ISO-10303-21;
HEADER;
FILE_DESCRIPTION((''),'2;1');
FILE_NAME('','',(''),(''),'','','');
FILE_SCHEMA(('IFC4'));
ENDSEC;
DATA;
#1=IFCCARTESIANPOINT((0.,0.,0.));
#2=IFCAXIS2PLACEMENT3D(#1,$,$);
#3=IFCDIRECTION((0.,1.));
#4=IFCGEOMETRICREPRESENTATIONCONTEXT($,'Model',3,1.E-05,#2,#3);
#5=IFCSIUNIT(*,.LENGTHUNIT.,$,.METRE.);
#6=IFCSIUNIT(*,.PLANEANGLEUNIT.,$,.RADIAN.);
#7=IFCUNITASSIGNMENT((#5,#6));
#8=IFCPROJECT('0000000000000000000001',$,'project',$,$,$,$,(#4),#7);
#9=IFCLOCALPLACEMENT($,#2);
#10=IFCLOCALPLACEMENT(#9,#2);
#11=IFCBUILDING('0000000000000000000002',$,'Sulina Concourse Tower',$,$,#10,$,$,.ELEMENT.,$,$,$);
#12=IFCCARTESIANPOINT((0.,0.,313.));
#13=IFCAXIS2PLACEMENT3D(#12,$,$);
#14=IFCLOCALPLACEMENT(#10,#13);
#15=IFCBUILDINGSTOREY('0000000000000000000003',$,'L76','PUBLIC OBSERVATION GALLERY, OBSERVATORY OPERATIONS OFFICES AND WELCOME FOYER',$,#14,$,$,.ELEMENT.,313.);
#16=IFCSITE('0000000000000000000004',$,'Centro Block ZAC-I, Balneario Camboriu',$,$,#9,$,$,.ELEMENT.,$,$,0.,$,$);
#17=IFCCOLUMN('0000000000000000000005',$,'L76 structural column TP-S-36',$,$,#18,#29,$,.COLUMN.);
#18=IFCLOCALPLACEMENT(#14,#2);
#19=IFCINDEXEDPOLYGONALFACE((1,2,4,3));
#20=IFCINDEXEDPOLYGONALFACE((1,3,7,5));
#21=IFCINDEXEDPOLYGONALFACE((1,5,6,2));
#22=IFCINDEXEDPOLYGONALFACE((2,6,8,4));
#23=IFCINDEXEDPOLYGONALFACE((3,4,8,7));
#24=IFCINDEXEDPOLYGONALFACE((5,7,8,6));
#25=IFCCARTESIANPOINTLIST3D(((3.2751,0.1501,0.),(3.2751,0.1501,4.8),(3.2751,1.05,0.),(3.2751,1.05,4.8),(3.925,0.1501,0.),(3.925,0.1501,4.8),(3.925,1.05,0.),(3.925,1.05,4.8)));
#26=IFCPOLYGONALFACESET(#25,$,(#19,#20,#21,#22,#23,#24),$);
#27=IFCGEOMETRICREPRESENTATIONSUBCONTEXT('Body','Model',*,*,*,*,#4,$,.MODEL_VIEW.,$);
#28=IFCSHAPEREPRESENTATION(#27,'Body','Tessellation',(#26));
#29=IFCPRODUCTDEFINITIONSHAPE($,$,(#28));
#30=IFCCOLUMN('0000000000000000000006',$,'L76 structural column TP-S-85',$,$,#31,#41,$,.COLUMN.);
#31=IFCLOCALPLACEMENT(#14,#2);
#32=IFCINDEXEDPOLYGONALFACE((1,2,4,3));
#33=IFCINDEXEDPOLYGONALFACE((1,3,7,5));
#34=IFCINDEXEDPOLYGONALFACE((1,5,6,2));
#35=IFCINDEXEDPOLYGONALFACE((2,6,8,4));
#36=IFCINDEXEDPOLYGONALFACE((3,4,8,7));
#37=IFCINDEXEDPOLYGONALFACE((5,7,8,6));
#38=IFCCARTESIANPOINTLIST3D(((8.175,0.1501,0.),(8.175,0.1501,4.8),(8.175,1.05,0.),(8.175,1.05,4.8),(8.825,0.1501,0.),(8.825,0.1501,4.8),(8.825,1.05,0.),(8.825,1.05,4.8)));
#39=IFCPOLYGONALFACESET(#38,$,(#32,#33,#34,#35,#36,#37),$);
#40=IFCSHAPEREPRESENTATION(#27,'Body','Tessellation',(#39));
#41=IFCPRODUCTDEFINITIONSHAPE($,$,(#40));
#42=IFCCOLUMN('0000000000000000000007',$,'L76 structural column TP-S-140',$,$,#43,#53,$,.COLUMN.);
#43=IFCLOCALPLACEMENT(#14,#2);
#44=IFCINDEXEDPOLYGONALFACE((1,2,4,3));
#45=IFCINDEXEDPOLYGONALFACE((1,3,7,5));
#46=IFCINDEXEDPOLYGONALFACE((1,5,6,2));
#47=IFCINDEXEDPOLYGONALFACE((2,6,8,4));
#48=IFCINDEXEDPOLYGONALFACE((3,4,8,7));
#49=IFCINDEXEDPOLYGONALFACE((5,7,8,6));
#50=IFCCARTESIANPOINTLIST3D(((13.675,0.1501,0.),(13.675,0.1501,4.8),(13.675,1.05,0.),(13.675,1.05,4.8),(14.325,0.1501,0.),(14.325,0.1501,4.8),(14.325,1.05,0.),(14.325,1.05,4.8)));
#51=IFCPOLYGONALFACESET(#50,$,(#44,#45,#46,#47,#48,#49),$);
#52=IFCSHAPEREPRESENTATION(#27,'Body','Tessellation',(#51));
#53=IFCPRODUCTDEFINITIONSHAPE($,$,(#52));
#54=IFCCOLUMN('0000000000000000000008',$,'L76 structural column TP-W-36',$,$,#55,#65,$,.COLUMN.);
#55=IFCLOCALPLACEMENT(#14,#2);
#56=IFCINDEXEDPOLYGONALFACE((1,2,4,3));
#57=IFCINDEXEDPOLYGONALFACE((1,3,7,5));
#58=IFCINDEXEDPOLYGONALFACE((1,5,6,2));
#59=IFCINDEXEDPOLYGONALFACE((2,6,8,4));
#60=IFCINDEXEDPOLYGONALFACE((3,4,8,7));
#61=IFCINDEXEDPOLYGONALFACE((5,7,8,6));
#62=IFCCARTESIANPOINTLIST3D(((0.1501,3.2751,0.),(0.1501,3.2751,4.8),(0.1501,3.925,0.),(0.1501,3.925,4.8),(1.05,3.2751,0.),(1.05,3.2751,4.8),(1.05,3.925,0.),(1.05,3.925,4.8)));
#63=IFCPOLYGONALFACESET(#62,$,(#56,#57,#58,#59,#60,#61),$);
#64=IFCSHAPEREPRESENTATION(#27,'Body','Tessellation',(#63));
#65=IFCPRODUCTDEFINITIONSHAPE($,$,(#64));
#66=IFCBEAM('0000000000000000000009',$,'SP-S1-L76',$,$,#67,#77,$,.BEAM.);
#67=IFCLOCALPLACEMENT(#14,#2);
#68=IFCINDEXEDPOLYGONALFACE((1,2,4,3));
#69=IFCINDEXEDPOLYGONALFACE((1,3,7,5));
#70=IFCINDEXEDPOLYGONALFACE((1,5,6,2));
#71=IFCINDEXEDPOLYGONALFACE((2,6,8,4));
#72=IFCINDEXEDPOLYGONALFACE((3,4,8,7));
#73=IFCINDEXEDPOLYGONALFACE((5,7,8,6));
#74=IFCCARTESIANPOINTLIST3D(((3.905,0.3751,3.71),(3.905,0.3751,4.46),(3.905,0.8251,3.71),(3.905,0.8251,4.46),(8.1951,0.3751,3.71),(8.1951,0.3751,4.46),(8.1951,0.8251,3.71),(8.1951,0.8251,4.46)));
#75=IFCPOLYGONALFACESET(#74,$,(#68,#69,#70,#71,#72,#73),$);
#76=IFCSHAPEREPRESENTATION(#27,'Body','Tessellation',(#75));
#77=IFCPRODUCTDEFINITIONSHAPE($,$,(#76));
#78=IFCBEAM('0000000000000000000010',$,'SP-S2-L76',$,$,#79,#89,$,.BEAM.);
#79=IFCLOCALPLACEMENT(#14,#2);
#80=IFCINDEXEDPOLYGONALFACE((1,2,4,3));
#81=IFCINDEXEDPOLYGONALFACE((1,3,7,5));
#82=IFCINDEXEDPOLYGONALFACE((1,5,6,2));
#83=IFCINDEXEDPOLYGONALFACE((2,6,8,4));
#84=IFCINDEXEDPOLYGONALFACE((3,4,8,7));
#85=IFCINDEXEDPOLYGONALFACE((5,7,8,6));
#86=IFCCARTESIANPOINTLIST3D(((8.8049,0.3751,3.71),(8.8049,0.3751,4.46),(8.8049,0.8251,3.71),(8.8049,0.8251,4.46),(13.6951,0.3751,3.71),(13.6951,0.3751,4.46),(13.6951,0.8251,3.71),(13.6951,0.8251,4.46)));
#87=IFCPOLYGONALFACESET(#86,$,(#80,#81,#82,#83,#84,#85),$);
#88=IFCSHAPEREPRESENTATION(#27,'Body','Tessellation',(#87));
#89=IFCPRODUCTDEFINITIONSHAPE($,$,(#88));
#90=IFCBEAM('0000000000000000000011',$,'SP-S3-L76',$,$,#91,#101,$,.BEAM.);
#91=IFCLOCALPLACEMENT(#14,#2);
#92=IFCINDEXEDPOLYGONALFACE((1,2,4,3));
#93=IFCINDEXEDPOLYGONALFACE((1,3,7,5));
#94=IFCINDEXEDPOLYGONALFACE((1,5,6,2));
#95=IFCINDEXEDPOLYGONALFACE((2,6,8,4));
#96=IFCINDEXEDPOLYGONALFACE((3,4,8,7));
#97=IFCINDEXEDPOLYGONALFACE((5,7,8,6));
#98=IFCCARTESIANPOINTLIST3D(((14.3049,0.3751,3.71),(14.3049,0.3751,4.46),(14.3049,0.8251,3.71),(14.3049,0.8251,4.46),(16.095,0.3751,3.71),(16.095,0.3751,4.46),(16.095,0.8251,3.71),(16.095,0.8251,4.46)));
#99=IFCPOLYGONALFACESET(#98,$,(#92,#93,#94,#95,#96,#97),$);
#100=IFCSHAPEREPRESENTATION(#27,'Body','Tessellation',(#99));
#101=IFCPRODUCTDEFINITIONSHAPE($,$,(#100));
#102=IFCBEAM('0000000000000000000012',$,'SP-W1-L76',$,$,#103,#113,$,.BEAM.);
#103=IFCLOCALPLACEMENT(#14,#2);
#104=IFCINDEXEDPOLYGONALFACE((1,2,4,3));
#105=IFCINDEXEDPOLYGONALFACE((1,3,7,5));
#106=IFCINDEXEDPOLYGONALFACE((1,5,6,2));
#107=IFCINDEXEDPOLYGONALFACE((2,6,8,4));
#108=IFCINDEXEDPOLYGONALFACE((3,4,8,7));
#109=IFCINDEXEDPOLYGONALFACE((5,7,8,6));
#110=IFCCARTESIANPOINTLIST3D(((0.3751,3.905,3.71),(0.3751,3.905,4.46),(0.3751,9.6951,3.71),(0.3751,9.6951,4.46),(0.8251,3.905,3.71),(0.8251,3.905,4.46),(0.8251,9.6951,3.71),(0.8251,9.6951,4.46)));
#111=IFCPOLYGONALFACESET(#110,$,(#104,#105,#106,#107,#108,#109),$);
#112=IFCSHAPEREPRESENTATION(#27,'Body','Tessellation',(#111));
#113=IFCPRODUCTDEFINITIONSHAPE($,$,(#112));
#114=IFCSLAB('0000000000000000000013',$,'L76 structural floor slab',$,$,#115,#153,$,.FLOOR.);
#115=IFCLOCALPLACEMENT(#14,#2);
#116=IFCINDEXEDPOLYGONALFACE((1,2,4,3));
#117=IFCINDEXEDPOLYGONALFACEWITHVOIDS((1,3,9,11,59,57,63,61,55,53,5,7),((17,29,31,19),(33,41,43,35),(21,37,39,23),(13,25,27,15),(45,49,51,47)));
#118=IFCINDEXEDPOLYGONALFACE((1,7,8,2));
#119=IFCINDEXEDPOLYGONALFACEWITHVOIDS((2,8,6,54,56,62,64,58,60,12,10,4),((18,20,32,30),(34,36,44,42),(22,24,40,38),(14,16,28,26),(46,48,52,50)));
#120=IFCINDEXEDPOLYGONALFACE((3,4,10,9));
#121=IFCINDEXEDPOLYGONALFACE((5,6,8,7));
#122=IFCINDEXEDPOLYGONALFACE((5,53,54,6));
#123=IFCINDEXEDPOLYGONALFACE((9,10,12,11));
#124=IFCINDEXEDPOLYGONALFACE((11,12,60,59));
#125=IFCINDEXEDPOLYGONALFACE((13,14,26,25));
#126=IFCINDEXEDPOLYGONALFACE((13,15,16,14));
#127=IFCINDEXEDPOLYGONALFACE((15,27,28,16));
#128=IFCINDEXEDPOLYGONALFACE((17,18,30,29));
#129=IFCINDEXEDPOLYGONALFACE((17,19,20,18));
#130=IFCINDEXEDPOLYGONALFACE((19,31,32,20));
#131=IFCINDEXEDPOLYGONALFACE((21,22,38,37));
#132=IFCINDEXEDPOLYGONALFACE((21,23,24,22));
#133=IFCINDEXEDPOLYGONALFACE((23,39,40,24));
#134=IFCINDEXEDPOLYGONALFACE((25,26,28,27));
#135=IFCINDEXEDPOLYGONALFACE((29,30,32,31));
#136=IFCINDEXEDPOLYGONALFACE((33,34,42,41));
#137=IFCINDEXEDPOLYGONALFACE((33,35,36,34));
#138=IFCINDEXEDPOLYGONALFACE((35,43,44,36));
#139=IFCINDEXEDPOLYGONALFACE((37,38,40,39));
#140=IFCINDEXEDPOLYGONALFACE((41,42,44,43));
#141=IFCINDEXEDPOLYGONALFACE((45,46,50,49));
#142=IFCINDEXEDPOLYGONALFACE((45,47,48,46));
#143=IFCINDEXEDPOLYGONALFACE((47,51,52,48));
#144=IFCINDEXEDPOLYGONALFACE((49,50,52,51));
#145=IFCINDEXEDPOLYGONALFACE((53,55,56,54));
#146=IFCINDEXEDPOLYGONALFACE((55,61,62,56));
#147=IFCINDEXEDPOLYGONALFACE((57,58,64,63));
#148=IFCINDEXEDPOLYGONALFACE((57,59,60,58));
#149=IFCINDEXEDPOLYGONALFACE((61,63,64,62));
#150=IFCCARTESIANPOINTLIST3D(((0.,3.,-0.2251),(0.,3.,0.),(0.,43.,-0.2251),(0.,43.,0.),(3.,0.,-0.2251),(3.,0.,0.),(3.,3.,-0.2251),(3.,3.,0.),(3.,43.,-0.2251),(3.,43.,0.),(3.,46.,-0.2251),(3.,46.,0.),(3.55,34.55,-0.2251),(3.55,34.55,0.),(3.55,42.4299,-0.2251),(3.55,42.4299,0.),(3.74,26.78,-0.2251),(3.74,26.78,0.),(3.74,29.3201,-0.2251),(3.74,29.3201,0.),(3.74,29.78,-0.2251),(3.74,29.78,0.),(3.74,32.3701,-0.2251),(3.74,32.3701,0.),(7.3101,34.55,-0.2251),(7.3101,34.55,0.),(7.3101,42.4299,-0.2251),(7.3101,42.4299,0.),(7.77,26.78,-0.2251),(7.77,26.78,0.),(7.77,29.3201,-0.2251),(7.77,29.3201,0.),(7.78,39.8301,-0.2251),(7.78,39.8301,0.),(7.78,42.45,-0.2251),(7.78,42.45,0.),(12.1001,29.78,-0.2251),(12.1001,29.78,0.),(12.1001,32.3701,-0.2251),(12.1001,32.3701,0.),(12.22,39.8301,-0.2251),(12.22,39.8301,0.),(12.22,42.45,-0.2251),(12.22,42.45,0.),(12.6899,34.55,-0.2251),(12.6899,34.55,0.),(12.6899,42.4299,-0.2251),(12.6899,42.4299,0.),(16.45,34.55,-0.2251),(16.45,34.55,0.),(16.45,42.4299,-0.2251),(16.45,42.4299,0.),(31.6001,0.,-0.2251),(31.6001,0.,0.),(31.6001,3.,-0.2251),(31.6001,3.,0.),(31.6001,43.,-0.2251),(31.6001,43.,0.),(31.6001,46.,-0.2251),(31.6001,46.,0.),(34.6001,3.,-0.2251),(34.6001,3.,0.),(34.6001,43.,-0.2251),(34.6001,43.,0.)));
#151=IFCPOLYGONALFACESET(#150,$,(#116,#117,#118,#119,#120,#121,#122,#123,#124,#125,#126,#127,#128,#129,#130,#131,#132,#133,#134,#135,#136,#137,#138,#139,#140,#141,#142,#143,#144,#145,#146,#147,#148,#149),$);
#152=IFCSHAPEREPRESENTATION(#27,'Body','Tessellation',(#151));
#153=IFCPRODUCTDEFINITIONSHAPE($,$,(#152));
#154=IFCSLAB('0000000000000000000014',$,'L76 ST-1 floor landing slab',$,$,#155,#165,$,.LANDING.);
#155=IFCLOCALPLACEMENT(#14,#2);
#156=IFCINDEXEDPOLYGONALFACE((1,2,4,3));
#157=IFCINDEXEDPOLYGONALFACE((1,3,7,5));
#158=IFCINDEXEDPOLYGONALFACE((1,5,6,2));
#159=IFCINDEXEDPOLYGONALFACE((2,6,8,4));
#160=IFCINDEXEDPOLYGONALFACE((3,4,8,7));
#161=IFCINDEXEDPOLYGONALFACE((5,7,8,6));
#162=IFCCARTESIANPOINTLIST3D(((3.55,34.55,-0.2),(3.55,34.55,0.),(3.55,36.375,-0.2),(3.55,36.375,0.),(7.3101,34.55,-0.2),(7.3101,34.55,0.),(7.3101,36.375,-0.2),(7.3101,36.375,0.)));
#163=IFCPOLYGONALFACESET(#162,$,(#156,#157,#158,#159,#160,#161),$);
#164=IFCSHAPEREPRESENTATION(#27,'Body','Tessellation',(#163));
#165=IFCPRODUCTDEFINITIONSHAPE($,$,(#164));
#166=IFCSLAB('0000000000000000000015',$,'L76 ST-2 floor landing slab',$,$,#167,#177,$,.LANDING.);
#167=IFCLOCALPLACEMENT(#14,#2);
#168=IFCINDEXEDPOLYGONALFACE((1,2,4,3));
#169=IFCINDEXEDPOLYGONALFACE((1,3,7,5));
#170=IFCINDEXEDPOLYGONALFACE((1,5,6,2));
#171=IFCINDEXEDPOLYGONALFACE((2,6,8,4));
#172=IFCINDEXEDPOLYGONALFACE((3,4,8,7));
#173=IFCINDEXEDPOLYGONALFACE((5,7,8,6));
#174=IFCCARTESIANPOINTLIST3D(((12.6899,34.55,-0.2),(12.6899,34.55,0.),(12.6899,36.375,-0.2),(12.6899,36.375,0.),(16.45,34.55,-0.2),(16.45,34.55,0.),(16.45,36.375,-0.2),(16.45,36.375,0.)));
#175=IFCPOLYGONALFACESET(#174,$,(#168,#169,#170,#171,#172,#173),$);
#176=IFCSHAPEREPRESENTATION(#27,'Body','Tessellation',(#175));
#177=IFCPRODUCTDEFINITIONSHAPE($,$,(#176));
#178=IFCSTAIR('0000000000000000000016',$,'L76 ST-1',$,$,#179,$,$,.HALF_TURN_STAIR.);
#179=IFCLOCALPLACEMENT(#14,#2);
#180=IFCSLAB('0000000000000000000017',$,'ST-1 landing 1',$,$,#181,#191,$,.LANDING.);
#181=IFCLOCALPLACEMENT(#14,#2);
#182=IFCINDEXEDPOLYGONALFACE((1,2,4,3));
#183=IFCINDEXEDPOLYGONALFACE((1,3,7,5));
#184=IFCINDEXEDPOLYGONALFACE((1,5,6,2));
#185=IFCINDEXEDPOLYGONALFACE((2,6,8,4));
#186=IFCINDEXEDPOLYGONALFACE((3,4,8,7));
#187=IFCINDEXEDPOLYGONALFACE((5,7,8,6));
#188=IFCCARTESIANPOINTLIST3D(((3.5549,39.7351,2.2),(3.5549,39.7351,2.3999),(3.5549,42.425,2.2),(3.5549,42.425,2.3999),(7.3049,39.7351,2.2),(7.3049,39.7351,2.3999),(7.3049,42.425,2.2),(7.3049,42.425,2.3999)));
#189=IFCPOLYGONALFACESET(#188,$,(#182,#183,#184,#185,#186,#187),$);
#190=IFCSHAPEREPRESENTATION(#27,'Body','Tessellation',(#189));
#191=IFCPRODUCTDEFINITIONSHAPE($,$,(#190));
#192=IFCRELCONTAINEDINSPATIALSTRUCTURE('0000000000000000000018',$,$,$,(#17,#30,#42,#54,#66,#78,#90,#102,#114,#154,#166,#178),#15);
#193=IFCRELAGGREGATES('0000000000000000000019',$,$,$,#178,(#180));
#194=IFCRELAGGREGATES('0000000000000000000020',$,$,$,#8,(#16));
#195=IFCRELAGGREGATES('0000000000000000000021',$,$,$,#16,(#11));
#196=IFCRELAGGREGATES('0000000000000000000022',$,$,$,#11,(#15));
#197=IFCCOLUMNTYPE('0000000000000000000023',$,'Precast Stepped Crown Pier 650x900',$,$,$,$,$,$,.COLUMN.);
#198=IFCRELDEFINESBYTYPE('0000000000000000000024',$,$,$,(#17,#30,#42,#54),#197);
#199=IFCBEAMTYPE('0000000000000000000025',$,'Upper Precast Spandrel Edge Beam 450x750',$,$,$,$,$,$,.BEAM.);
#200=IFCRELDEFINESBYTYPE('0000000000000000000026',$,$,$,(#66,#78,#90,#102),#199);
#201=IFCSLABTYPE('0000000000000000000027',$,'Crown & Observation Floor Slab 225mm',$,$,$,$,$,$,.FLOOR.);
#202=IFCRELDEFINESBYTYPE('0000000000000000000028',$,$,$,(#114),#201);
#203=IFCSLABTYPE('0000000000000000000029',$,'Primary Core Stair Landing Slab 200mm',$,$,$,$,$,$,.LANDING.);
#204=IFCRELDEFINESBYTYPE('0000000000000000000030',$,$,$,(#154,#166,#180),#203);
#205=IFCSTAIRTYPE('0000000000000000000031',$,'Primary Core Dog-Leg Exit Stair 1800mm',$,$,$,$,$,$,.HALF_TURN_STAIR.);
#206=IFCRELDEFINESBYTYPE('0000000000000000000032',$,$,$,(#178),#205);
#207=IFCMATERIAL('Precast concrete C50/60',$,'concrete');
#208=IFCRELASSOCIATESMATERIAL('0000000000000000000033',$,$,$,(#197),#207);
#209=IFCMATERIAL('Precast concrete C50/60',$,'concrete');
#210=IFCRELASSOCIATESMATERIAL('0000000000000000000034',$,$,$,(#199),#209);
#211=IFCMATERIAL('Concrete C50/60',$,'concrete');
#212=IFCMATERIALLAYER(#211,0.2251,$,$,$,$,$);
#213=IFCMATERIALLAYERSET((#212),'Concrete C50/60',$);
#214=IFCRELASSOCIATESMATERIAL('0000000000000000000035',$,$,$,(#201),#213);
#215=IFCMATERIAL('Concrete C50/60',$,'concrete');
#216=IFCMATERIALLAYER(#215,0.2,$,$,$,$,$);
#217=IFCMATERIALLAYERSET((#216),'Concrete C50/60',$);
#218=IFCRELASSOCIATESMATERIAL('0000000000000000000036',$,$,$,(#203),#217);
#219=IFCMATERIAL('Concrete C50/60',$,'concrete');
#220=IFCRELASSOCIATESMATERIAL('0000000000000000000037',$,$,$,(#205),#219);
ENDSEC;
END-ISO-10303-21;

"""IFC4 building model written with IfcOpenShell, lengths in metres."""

from ifc_helpers import new_model, si_unit, direction, frame, origin, origin_2d, place, context, subcontext, project, spatial, polyline, rectangle, outline, extrude, material, layer, layer_set, material_profile, profile_set, type_object, element, aggregate, save


model = new_model("IFC4")

# Units and contexts
model_context = context("Model", 3, precision=1e-05, world=origin(), true_north=direction((0.0, 1.0)))
body_context = subcontext(model_context, "Body", "Model", "MODEL_VIEW")
ifc_project = project(units=[si_unit("LENGTHUNIT", "METRE"), si_unit("PLANEANGLEUNIT", "RADIAN")], contexts=[model_context])

# Site, building, storey
site_placement = place(None, origin())
site = spatial("IfcSite", under=ifc_project, at=site_placement, Name="Centro Block ZAC-I, Balneario Camboriu", CompositionType="ELEMENT", RefElevation=0.0)
building_placement = place(site_placement, origin())
building = spatial("IfcBuilding", under=site, at=building_placement, Name="Sulina Concourse Tower", CompositionType="ELEMENT")
storey_placement = place(building_placement, frame((0.0, 0.0, 313.0)))
storey = spatial("IfcBuildingStorey", under=building, at=storey_placement, Name="L76", Description="PUBLIC OBSERVATION GALLERY, OBSERVATORY OPERATIONS OFFICES AND WELCOME FOYER", CompositionType="ELEMENT", Elevation=313.0)

# Columns
ifc_material_1 = material(Name="Precast concrete C50/60", Category="concrete")
ifc_material_profile_1 = material_profile(ifc_material_1, rectangle(XDim=0.6499, YDim=0.8999, at=origin_2d()), Name="PC 650x900")
ifc_profile_set_1 = profile_set([ifc_material_profile_1], Name="Precast concrete C50/60")
column_type = type_object("IfcColumnType", Name="Precast Stepped Crown Pier 650x900", PredefinedType="COLUMN", material=ifc_profile_set_1)
for number, where, z_axis, x_axis, name in (
    (1, (3.6001, 0.6001, 0.0), (0.0, 0.0, 1.0), (1.0, 0.0, 0.0), "L76 structural column TP-S-36"),
    (2, (8.5, 0.6001, 0.0), (0.0, 0.0, 1.0), (1.0, 0.0, 0.0), "L76 structural column TP-S-85"),
    (3, (14.0, 0.6001, 0.0), (0.0, 0.0, 1.0), (1.0, 0.0, 0.0), "L76 structural column TP-S-140"),
    (4, (0.6001, 3.6001, 0.0), (0.0, 0.0, 1.0), (0.0, 1.0, 0.0), "L76 structural column TP-W-36"),
):
    element("IfcColumn", number, at=place(storey_placement, frame(where, z_axis=z_axis, x_axis=x_axis)), inside=storey, type_object=column_type, Name=name, PredefinedType="COLUMN", context=body_context, shape_type="SweptSolid", body=[
        extrude(rectangle(XDim=0.6499, YDim=0.8999, at=origin_2d()), origin(), (0.0, 0.0, 1.0), 4.8),
    ])

# Beams
ifc_material_2 = material(Name="Precast concrete C50/60", Category="concrete")
ifc_material_profile_2 = material_profile(ifc_material_2, rectangle(XDim=0.45, YDim=0.75, at=origin_2d()), Name="RC 450x750")
ifc_profile_set_2 = profile_set([ifc_material_profile_2], Name="Precast concrete C50/60")
beam_type = type_object("IfcBeamType", Name="Upper Precast Spandrel Edge Beam 450x750", PredefinedType="BEAM", material=ifc_profile_set_2)
beam_1_placement = place(storey_placement, frame((3.905, 0.6001, 4.085), z_axis=(1.0, 0.0, 0.0), x_axis=(0.0, 1.0, 0.0)))
element("IfcBeam", 5, at=beam_1_placement, inside=storey, type_object=beam_type, Name="SP-S1-L76", PredefinedType="BEAM", context=body_context, shape_type="SweptSolid", body=[
    extrude(rectangle(XDim=0.45, YDim=0.75, at=origin_2d()), origin(), (0.0, 0.0, 1.0), 4.29),
])
beam_2_placement = place(storey_placement, frame((8.8049, 0.6001, 4.085), z_axis=(1.0, 0.0, 0.0), x_axis=(0.0, 1.0, 0.0)))
element("IfcBeam", 6, at=beam_2_placement, inside=storey, type_object=beam_type, Name="SP-S2-L76", PredefinedType="BEAM", context=body_context, shape_type="SweptSolid", body=[
    extrude(rectangle(XDim=0.45, YDim=0.75, at=origin_2d()), origin(), (0.0, 0.0, 1.0), 4.8901),
])
beam_3_placement = place(storey_placement, frame((14.3049, 0.6001, 4.085), z_axis=(1.0, 0.0, 0.0), x_axis=(0.0, 1.0, 0.0)))
element("IfcBeam", 7, at=beam_3_placement, inside=storey, type_object=beam_type, Name="SP-S3-L76", PredefinedType="BEAM", context=body_context, shape_type="SweptSolid", body=[
    extrude(rectangle(XDim=0.45, YDim=0.75, at=origin_2d()), origin(), (0.0, 0.0, 1.0), 1.79),
])
beam_4_placement = place(storey_placement, frame((0.6001, 3.905, 4.085), z_axis=(0.0, 1.0, 0.0), x_axis=(-1.0, 0.0, 0.0)))
element("IfcBeam", 8, at=beam_4_placement, inside=storey, type_object=beam_type, Name="SP-W1-L76", PredefinedType="BEAM", context=body_context, shape_type="SweptSolid", body=[
    extrude(rectangle(XDim=0.45, YDim=0.75, at=origin_2d()), origin(), (0.0, 0.0, 1.0), 5.79),
])

# Slabs
ifc_material_3 = material(Name="Concrete C50/60", Category="concrete")
ifc_layer_1 = layer(ifc_material_3, 0.2251)
ifc_layer_set_1 = layer_set([ifc_layer_1], Name="Concrete C50/60")
slab_type_1 = type_object("IfcSlabType", Name="Crown & Observation Floor Slab 225mm", PredefinedType="FLOOR", material=ifc_layer_set_1)
slab_1_placement = place(storey_placement, frame((0.0, 0.0, -0.2251)))
element("IfcSlab", 9, at=slab_1_placement, inside=storey, type_object=slab_type_1, Name="L76 structural floor slab", PredefinedType="FLOOR", context=body_context, shape_type="SweptSolid", body=[
    extrude(outline(polyline([(3.0, 0.0), (31.6001, 0.0), (31.6001, 3.0), (34.6001, 3.0), (34.6001, 43.0), (31.6001, 43.0), (31.6001, 46.0), (3.0, 46.0), (3.0, 43.0), (0.0, 43.0), (0.0, 3.0), (3.0, 3.0), (3.0, 0.0)]), holes=[polyline([(7.3101, 34.55), (7.3101, 42.4299), (3.55, 42.4299), (3.55, 34.55), (7.3101, 34.55)]), polyline([(16.45, 34.55), (16.45, 42.4299), (12.6899, 42.4299), (12.6899, 34.55), (16.45, 34.55)]), polyline([(7.78, 39.8301), (12.22, 39.8301), (12.22, 42.45), (7.78, 42.45), (7.78, 39.8301)]), polyline([(3.74, 26.78), (7.77, 26.78), (7.77, 29.3201), (3.74, 29.3201), (3.74, 26.78)]), polyline([(3.74, 29.78), (12.1001, 29.78), (12.1001, 32.3701), (3.74, 32.3701), (3.74, 29.78)])]), origin(), (0.0, 0.0, 1.0), 0.2251),
])
ifc_material_4 = material(Name="Concrete C50/60", Category="concrete")
ifc_layer_2 = layer(ifc_material_4, 0.2)
ifc_layer_set_2 = layer_set([ifc_layer_2], Name="Concrete C50/60")
slab_type_2 = type_object("IfcSlabType", Name="Primary Core Stair Landing Slab 200mm", PredefinedType="LANDING", material=ifc_layer_set_2)
slab_2_placement = place(storey_placement, frame((0.0, 0.0, -0.2)))
element("IfcSlab", 10, at=slab_2_placement, inside=storey, type_object=slab_type_2, Name="L76 ST-1 floor landing slab", PredefinedType="LANDING", context=body_context, shape_type="SweptSolid", body=[
    extrude(outline(polyline([(7.3101, 34.55), (7.3101, 36.375), (3.55, 36.375), (3.55, 34.55), (7.3101, 34.55)])), origin(), (0.0, 0.0, 1.0), 0.2),
])
slab_3_placement = place(storey_placement, frame((0.0, 0.0, -0.2)))
element("IfcSlab", 11, at=slab_3_placement, inside=storey, type_object=slab_type_2, Name="L76 ST-2 floor landing slab", PredefinedType="LANDING", context=body_context, shape_type="SweptSolid", body=[
    extrude(outline(polyline([(16.45, 34.55), (16.45, 36.375), (12.6899, 36.375), (12.6899, 34.55), (16.45, 34.55)])), origin(), (0.0, 0.0, 1.0), 0.2),
])

# Stair, slab
ifc_material_5 = material(Name="Concrete C50/60", Category="concrete")
stair_type = type_object("IfcStairType", Name="Primary Core Dog-Leg Exit Stair 1800mm", PredefinedType="HALF_TURN_STAIR", material=ifc_material_5)
stair_1_placement = place(storey_placement, origin())
stair_1 = element("IfcStair", 12, at=stair_1_placement, inside=storey, type_object=stair_type, Name="L76 ST-1", PredefinedType="HALF_TURN_STAIR")
slab_4_placement = place(storey_placement, frame((0.0, 0.0, 2.2)))
slab_4 = element("IfcSlab", 13, at=slab_4_placement, type_object=slab_type_2, Name="ST-1 landing 1", PredefinedType="LANDING", context=body_context, shape_type="SweptSolid", body=[
    extrude(outline(polyline([(7.3049, 39.7351), (7.3049, 42.425), (3.5549, 42.425), (3.5549, 39.7351), (7.3049, 39.7351)])), origin(), (0.0, 0.0, 1.0), 0.2),
])
aggregate(stair_1, [slab_4])

save(model, "model.ifc")
